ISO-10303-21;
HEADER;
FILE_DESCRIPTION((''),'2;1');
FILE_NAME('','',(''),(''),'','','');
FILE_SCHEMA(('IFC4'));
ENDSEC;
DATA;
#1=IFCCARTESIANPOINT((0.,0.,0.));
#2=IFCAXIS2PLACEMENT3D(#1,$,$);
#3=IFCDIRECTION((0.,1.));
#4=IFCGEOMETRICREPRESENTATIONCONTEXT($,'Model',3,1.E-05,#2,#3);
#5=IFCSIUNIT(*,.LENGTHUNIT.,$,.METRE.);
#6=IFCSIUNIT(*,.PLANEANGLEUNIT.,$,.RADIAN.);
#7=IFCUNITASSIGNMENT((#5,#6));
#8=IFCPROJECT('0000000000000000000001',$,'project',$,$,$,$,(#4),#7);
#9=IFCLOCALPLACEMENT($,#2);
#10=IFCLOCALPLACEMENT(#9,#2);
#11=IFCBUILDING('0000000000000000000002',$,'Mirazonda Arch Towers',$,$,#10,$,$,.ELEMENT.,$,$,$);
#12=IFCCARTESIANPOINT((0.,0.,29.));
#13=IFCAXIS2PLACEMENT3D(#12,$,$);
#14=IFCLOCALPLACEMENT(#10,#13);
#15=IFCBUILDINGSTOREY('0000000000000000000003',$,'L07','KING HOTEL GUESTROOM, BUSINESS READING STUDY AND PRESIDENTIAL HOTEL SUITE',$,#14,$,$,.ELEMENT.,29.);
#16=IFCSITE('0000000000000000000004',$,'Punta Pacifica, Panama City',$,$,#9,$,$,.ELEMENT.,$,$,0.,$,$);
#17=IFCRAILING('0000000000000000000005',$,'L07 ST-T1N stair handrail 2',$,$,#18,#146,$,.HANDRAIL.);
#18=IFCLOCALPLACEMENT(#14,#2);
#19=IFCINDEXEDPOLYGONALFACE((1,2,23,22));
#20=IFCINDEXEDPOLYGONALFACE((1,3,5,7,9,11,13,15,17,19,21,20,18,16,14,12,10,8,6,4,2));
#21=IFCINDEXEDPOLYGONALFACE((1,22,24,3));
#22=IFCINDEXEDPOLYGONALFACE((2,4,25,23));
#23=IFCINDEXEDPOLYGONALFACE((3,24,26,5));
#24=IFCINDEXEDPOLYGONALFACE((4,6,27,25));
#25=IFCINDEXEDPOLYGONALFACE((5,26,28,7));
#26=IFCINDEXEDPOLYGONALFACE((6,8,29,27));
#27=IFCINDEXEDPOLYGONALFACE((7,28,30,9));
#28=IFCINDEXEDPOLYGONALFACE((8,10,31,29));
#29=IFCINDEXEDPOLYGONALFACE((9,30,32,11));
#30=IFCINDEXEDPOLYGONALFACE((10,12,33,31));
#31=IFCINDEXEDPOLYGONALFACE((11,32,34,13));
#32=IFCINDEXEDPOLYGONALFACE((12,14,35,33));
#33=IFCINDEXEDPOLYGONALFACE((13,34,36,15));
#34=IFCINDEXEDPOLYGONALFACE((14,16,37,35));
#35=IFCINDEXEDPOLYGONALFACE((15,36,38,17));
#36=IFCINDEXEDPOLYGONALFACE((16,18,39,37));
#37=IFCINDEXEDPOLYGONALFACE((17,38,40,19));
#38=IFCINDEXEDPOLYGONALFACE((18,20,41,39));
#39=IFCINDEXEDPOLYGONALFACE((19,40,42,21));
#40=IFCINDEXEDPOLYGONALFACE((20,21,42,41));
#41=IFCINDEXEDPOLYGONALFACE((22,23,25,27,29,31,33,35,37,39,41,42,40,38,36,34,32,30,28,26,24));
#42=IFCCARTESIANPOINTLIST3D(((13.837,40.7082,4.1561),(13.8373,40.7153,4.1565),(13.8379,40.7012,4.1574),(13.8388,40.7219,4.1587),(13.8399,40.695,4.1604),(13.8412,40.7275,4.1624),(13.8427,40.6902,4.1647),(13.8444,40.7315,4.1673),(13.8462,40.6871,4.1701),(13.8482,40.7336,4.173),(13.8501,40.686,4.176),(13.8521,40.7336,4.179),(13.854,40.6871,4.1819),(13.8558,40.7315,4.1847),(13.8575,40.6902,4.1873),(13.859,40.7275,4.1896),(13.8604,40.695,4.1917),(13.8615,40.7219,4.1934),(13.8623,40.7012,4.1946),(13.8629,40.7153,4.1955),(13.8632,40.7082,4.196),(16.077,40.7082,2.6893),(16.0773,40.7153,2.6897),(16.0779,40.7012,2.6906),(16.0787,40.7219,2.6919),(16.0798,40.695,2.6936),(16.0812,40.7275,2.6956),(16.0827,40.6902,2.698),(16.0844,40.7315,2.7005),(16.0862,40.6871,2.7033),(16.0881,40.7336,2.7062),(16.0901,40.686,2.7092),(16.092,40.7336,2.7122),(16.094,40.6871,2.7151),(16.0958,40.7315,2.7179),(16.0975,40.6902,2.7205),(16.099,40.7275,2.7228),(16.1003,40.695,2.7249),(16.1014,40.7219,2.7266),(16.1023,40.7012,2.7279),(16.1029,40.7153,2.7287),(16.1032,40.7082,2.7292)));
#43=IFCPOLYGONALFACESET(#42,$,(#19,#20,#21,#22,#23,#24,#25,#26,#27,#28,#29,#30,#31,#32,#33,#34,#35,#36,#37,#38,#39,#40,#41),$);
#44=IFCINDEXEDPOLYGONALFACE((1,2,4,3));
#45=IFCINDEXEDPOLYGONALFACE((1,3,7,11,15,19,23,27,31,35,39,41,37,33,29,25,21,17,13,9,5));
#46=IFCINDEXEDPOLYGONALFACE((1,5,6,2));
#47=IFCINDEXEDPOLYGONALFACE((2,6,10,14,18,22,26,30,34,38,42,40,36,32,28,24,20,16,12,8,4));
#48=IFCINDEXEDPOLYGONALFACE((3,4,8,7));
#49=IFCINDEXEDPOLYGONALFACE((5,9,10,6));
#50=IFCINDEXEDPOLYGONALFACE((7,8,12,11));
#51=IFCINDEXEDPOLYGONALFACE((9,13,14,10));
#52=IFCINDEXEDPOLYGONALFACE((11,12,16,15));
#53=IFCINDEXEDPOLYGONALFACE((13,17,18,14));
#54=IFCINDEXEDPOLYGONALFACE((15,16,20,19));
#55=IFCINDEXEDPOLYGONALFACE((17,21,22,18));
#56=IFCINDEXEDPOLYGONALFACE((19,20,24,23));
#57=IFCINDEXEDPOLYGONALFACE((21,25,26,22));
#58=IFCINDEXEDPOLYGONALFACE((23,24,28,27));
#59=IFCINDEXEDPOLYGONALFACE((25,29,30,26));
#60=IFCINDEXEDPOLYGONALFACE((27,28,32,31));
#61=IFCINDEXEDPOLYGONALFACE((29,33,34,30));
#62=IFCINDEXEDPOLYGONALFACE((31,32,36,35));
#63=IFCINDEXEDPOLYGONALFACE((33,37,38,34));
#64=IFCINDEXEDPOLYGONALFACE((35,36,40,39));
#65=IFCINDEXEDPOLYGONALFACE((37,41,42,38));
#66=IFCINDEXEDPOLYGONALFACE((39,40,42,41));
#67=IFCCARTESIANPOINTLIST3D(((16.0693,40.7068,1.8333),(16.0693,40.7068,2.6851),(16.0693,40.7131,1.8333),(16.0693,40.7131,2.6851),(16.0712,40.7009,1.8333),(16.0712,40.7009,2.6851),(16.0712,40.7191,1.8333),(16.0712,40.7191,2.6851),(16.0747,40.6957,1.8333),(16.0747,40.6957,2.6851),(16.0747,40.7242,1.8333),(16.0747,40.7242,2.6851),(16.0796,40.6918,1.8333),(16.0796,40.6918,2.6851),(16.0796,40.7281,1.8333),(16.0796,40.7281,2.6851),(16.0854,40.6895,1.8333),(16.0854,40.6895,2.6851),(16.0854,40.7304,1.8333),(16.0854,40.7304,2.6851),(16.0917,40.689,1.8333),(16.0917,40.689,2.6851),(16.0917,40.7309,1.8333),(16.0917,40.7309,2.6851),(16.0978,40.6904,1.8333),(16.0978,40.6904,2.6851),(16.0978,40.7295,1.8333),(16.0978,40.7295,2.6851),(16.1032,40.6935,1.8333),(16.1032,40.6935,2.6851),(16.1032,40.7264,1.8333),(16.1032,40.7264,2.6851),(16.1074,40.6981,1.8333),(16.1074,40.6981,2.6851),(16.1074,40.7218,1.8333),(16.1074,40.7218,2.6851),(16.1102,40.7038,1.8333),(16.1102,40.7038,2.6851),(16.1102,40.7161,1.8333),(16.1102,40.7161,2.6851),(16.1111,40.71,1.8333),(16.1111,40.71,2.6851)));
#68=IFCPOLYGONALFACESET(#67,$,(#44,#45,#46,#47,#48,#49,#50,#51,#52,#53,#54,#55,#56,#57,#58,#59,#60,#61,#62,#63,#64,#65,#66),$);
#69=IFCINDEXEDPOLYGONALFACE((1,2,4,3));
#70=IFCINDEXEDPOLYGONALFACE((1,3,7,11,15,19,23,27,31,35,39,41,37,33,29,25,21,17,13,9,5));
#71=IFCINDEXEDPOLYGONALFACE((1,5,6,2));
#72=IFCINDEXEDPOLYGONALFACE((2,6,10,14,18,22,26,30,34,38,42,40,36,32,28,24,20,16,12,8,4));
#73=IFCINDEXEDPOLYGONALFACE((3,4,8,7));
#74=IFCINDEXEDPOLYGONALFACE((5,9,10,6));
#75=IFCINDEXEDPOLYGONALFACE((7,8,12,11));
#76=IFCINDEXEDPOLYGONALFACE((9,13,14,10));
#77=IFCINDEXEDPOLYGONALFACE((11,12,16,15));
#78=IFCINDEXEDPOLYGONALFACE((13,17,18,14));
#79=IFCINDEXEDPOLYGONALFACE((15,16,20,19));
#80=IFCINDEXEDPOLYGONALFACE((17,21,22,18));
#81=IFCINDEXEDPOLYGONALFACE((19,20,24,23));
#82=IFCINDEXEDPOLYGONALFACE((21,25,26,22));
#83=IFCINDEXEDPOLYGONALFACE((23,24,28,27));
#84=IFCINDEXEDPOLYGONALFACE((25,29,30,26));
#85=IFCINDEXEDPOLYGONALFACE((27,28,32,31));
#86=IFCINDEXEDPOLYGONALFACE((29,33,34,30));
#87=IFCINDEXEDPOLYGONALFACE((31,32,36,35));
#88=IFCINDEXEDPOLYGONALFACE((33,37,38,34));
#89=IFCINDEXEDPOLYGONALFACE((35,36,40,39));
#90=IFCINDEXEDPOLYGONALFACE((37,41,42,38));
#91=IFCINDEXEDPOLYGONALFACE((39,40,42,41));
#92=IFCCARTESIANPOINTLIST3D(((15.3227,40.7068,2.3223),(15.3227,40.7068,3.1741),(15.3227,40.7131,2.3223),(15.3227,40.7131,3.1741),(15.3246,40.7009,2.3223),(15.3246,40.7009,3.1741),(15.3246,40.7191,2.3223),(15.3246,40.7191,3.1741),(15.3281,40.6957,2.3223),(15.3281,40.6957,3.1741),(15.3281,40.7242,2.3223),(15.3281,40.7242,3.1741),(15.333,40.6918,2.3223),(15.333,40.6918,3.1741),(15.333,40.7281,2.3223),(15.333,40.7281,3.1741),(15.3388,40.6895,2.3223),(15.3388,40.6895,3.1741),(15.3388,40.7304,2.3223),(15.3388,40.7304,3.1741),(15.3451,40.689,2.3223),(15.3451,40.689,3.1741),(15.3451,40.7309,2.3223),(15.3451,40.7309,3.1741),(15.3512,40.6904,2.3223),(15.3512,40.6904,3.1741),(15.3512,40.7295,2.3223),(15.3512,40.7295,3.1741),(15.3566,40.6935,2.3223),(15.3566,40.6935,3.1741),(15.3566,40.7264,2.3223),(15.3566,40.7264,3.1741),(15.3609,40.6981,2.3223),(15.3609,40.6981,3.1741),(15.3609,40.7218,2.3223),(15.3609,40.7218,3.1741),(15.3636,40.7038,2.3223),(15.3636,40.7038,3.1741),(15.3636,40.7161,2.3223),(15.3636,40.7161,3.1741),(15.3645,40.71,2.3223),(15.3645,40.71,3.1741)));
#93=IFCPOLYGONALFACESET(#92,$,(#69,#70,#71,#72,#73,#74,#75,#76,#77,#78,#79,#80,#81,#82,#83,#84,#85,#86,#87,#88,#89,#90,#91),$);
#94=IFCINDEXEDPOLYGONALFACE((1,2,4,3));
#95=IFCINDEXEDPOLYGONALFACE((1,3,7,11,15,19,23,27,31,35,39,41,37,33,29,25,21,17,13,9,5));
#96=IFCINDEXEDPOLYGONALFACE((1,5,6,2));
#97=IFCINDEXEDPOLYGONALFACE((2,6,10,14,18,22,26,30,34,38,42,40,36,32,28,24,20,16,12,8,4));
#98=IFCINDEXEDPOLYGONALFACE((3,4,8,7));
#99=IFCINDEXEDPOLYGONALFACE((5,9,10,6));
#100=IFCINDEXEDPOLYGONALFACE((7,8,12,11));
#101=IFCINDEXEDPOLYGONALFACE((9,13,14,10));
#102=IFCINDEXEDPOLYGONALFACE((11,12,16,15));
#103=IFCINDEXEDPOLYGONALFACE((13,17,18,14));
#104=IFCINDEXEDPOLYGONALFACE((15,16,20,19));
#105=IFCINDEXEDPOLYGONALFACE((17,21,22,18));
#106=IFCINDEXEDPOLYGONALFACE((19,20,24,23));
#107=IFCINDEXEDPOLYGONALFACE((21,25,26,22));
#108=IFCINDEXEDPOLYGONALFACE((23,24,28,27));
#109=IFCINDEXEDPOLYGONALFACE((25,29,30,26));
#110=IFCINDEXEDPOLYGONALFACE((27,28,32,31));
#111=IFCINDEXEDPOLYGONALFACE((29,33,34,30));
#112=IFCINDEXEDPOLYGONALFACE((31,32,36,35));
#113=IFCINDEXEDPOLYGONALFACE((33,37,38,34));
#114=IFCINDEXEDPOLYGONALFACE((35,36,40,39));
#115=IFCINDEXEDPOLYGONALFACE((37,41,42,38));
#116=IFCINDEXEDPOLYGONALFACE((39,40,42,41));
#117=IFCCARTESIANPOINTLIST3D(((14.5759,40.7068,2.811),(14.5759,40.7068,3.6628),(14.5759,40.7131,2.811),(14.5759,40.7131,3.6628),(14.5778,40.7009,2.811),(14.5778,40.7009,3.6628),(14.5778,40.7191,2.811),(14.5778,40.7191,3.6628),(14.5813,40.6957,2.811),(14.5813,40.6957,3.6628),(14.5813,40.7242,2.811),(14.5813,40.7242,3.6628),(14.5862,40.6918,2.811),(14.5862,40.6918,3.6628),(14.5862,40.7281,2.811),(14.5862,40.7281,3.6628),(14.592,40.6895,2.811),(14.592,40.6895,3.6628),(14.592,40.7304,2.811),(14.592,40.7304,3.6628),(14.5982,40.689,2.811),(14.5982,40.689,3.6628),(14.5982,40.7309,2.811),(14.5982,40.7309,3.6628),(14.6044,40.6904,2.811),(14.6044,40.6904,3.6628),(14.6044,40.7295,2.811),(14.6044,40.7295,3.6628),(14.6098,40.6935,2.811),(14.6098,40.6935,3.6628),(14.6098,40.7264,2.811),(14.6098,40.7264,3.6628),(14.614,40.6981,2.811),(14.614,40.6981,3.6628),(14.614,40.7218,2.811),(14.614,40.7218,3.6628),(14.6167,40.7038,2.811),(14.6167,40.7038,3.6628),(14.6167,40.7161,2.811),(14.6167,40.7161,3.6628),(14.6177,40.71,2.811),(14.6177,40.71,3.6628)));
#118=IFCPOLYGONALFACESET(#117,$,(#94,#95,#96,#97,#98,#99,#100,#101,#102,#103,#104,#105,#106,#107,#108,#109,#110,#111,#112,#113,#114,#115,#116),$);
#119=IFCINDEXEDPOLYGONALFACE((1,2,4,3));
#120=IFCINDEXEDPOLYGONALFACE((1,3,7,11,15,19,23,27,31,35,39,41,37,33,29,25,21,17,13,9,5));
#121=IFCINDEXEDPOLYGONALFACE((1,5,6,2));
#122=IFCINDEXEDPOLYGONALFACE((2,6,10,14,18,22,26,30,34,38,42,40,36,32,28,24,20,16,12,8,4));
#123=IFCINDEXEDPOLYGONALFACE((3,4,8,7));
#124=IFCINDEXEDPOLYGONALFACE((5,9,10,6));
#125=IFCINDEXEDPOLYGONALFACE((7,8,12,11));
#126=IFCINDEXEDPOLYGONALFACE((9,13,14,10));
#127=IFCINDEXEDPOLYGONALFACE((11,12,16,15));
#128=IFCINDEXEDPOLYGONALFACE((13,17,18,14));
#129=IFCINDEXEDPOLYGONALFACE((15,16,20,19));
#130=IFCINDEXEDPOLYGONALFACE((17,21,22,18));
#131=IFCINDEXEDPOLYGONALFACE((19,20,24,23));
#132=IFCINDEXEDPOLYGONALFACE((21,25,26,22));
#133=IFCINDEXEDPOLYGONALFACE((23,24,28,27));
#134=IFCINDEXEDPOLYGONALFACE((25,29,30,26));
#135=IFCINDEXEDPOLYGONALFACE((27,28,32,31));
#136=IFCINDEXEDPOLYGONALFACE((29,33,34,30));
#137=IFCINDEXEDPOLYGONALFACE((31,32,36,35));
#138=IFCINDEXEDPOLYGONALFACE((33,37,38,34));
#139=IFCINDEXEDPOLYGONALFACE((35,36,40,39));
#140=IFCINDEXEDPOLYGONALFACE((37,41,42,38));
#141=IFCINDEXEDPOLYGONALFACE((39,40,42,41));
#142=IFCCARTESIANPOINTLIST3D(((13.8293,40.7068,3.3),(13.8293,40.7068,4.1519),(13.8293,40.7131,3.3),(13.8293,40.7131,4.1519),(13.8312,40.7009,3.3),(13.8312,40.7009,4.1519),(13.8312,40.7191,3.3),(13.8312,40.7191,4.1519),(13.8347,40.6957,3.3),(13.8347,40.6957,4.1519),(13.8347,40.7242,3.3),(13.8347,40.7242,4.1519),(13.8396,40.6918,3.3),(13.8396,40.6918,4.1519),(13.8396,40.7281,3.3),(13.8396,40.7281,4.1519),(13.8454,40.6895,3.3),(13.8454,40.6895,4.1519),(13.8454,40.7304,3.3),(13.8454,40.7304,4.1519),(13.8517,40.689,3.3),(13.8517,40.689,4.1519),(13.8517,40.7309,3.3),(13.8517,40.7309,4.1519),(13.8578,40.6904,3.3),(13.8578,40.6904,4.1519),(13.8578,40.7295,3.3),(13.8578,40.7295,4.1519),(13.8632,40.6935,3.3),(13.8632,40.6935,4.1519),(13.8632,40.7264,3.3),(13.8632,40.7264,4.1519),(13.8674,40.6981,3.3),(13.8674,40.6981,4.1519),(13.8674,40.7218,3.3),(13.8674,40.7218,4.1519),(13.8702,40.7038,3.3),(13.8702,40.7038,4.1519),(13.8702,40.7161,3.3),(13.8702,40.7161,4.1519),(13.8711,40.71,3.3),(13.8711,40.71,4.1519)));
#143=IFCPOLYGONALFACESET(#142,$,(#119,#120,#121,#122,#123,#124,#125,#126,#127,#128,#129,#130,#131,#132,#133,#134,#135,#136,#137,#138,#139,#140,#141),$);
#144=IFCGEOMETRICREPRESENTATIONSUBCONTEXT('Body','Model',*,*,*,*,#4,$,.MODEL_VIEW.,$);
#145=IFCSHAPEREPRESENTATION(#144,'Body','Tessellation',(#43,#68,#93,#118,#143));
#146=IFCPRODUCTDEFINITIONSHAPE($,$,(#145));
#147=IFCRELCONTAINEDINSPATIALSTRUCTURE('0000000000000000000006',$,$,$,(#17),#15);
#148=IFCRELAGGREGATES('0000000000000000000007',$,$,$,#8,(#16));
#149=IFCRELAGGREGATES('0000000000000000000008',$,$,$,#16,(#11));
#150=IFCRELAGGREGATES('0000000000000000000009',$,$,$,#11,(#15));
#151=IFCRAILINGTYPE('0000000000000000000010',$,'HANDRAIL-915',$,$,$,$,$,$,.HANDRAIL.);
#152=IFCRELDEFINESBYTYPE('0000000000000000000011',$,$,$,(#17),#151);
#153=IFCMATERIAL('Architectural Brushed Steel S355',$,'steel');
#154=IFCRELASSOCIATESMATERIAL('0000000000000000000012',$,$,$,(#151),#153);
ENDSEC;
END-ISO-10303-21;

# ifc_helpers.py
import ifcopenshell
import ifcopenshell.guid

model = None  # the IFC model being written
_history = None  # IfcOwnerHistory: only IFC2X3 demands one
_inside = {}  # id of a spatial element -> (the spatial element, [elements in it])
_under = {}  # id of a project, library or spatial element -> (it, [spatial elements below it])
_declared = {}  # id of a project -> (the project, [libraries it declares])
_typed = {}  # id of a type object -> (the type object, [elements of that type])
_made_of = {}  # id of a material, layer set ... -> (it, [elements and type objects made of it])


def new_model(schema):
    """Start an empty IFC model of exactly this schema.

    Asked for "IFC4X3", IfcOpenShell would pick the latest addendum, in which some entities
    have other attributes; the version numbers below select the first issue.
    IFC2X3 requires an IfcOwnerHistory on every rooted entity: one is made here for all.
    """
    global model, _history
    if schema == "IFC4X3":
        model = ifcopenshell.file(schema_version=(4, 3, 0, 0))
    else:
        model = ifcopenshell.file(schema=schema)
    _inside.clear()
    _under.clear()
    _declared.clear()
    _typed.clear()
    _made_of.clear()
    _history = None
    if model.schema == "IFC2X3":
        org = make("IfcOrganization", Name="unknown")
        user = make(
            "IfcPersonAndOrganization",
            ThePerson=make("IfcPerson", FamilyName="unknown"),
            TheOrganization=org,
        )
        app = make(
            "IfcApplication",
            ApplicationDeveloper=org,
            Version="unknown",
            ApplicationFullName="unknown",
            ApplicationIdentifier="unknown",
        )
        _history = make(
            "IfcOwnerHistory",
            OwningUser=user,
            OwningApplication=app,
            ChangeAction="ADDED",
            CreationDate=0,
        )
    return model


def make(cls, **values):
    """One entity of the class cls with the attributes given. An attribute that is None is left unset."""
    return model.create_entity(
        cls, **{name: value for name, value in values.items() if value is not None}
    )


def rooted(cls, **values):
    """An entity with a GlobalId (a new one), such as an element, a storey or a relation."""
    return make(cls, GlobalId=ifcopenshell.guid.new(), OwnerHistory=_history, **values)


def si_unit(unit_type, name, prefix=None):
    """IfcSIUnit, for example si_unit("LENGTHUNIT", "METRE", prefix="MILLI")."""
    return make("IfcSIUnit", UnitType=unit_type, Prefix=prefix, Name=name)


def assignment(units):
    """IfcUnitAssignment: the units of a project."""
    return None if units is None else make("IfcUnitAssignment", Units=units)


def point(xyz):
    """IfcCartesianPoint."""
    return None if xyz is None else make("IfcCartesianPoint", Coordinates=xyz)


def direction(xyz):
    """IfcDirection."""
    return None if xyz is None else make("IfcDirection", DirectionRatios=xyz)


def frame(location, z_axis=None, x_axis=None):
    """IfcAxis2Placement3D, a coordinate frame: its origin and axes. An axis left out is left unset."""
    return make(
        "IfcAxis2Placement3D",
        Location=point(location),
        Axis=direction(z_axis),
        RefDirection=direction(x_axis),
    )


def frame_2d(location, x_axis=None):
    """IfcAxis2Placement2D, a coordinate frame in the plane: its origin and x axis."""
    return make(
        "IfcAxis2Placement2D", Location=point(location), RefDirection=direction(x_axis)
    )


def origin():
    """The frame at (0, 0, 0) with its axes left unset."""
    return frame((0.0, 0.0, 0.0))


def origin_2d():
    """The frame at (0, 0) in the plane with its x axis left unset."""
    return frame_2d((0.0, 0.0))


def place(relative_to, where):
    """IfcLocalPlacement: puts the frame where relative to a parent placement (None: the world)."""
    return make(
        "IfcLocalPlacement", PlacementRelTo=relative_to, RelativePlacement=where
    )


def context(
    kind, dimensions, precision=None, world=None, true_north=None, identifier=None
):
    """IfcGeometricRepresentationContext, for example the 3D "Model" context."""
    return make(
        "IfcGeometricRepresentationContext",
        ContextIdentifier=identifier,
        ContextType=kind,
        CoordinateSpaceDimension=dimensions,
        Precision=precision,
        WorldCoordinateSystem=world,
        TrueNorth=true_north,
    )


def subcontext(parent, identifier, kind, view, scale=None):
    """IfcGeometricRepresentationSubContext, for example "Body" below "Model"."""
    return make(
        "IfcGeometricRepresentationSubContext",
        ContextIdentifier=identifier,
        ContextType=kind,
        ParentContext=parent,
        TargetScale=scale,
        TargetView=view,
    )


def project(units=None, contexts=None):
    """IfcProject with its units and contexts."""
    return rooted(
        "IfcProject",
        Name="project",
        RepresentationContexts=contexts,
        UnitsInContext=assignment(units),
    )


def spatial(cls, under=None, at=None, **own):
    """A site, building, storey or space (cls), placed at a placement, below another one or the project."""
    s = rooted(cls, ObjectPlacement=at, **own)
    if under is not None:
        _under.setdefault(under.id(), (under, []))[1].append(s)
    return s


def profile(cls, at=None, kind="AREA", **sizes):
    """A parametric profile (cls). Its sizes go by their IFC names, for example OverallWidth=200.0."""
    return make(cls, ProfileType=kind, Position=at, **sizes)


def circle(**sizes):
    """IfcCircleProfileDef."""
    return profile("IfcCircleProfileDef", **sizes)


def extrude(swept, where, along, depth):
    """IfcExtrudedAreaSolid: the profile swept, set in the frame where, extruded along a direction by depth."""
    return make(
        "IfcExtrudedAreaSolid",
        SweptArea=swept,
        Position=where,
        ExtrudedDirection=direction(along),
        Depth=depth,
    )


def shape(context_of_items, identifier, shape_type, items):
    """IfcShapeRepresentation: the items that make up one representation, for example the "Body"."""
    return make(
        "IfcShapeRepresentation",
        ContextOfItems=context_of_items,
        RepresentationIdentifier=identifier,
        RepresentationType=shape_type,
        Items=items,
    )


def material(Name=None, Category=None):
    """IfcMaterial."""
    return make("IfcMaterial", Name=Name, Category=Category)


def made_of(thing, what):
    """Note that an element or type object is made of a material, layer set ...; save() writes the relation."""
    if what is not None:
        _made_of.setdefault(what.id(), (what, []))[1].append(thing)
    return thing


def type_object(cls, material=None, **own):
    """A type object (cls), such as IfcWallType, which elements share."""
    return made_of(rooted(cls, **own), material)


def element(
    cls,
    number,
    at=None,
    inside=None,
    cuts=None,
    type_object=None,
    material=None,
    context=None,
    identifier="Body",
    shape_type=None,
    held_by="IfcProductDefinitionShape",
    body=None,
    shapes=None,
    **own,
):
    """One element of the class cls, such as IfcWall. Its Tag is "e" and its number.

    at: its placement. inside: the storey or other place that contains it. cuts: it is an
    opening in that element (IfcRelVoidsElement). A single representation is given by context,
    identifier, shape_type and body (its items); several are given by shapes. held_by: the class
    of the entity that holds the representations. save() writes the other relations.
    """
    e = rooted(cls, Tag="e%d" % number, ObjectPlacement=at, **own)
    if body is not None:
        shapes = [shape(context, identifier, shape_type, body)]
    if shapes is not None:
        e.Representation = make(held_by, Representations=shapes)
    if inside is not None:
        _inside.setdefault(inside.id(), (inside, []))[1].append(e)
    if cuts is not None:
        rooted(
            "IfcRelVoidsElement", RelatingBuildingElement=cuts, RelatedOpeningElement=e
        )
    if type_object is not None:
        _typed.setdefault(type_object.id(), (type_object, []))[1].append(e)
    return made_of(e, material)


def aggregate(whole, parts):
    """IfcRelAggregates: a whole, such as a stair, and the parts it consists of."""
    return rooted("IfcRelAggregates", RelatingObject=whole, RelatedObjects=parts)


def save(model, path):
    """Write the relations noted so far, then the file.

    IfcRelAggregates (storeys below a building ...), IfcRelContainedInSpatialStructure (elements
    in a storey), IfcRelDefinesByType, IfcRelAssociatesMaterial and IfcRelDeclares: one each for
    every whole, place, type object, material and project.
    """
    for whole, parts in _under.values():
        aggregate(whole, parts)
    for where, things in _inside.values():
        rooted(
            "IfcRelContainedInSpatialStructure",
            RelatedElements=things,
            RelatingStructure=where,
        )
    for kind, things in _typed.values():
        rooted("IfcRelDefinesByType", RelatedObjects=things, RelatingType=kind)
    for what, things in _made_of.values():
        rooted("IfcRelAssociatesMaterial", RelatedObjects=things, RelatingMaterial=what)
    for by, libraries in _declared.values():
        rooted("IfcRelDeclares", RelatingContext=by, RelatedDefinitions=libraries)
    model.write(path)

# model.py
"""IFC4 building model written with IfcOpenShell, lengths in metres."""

from ifc_helpers import new_model, si_unit, direction, frame, origin, origin_2d, place, context, subcontext, project, spatial, circle, extrude, material, type_object, element, save


model = new_model("IFC4")

# Units and contexts
model_context = context("Model", 3, precision=1e-05, world=origin(), true_north=direction((0.0, 1.0)))
body_context = subcontext(model_context, "Body", "Model", "MODEL_VIEW")
ifc_project = project(units=[si_unit("LENGTHUNIT", "METRE"), si_unit("PLANEANGLEUNIT", "RADIAN")], contexts=[model_context])

# Site, building, storey
site_placement = place(None, origin())
site = spatial("IfcSite", under=ifc_project, at=site_placement, Name="Punta Pacifica, Panama City", CompositionType="ELEMENT", RefElevation=0.0)
building_placement = place(site_placement, origin())
building = spatial("IfcBuilding", under=site, at=building_placement, Name="Mirazonda Arch Towers", CompositionType="ELEMENT")
storey_placement = place(building_placement, frame((0.0, 0.0, 29.0)))
storey = spatial("IfcBuildingStorey", under=building, at=storey_placement, Name="L07", Description="KING HOTEL GUESTROOM, BUSINESS READING STUDY AND PRESIDENTIAL HOTEL SUITE", CompositionType="ELEMENT", Elevation=29.0)

# Shared definitions
ifc_material_1 = material(Name="Architectural Brushed Steel S355", Category="steel")

# Railing
railing_type_1 = type_object("IfcRailingType", Name="HANDRAIL-915", PredefinedType="HANDRAIL", material=ifc_material_1)
railing_1_placement = place(storey_placement, frame((16.0901, 40.71, 1.8333)))
element("IfcRailing", 1, at=railing_1_placement, inside=storey, type_object=railing_type_1, Name="L07 ST-T1N stair handrail 2", PredefinedType="HANDRAIL", context=body_context, shape_type="SweptSolid", body=[
    extrude(circle(Radius=0.0239, at=origin_2d()), frame((0.0, 0.0, 0.876), z_axis=(-0.836595, 0.0, 0.547822), x_axis=(0.0, -1.0, 0.0)), (0.0, 0.0, 1.0), 2.6775),
    extrude(circle(Radius=0.021, at=origin_2d()), origin(), (0.0, 0.0, 1.0), 0.8518),
    extrude(circle(Radius=0.021, at=origin_2d()), frame((-0.7466, 0.0, 0.489)), (0.0, 0.0, 1.0), 0.8518),
    extrude(circle(Radius=0.021, at=origin_2d()), frame((-1.4934, 0.0, 0.9778)), (0.0, 0.0, 1.0), 0.8518),
    extrude(circle(Radius=0.021, at=origin_2d()), frame((-2.24, 0.0, 1.4668)), (0.0, 0.0, 1.0), 0.8518),
])

save(model, "model.ifc")
